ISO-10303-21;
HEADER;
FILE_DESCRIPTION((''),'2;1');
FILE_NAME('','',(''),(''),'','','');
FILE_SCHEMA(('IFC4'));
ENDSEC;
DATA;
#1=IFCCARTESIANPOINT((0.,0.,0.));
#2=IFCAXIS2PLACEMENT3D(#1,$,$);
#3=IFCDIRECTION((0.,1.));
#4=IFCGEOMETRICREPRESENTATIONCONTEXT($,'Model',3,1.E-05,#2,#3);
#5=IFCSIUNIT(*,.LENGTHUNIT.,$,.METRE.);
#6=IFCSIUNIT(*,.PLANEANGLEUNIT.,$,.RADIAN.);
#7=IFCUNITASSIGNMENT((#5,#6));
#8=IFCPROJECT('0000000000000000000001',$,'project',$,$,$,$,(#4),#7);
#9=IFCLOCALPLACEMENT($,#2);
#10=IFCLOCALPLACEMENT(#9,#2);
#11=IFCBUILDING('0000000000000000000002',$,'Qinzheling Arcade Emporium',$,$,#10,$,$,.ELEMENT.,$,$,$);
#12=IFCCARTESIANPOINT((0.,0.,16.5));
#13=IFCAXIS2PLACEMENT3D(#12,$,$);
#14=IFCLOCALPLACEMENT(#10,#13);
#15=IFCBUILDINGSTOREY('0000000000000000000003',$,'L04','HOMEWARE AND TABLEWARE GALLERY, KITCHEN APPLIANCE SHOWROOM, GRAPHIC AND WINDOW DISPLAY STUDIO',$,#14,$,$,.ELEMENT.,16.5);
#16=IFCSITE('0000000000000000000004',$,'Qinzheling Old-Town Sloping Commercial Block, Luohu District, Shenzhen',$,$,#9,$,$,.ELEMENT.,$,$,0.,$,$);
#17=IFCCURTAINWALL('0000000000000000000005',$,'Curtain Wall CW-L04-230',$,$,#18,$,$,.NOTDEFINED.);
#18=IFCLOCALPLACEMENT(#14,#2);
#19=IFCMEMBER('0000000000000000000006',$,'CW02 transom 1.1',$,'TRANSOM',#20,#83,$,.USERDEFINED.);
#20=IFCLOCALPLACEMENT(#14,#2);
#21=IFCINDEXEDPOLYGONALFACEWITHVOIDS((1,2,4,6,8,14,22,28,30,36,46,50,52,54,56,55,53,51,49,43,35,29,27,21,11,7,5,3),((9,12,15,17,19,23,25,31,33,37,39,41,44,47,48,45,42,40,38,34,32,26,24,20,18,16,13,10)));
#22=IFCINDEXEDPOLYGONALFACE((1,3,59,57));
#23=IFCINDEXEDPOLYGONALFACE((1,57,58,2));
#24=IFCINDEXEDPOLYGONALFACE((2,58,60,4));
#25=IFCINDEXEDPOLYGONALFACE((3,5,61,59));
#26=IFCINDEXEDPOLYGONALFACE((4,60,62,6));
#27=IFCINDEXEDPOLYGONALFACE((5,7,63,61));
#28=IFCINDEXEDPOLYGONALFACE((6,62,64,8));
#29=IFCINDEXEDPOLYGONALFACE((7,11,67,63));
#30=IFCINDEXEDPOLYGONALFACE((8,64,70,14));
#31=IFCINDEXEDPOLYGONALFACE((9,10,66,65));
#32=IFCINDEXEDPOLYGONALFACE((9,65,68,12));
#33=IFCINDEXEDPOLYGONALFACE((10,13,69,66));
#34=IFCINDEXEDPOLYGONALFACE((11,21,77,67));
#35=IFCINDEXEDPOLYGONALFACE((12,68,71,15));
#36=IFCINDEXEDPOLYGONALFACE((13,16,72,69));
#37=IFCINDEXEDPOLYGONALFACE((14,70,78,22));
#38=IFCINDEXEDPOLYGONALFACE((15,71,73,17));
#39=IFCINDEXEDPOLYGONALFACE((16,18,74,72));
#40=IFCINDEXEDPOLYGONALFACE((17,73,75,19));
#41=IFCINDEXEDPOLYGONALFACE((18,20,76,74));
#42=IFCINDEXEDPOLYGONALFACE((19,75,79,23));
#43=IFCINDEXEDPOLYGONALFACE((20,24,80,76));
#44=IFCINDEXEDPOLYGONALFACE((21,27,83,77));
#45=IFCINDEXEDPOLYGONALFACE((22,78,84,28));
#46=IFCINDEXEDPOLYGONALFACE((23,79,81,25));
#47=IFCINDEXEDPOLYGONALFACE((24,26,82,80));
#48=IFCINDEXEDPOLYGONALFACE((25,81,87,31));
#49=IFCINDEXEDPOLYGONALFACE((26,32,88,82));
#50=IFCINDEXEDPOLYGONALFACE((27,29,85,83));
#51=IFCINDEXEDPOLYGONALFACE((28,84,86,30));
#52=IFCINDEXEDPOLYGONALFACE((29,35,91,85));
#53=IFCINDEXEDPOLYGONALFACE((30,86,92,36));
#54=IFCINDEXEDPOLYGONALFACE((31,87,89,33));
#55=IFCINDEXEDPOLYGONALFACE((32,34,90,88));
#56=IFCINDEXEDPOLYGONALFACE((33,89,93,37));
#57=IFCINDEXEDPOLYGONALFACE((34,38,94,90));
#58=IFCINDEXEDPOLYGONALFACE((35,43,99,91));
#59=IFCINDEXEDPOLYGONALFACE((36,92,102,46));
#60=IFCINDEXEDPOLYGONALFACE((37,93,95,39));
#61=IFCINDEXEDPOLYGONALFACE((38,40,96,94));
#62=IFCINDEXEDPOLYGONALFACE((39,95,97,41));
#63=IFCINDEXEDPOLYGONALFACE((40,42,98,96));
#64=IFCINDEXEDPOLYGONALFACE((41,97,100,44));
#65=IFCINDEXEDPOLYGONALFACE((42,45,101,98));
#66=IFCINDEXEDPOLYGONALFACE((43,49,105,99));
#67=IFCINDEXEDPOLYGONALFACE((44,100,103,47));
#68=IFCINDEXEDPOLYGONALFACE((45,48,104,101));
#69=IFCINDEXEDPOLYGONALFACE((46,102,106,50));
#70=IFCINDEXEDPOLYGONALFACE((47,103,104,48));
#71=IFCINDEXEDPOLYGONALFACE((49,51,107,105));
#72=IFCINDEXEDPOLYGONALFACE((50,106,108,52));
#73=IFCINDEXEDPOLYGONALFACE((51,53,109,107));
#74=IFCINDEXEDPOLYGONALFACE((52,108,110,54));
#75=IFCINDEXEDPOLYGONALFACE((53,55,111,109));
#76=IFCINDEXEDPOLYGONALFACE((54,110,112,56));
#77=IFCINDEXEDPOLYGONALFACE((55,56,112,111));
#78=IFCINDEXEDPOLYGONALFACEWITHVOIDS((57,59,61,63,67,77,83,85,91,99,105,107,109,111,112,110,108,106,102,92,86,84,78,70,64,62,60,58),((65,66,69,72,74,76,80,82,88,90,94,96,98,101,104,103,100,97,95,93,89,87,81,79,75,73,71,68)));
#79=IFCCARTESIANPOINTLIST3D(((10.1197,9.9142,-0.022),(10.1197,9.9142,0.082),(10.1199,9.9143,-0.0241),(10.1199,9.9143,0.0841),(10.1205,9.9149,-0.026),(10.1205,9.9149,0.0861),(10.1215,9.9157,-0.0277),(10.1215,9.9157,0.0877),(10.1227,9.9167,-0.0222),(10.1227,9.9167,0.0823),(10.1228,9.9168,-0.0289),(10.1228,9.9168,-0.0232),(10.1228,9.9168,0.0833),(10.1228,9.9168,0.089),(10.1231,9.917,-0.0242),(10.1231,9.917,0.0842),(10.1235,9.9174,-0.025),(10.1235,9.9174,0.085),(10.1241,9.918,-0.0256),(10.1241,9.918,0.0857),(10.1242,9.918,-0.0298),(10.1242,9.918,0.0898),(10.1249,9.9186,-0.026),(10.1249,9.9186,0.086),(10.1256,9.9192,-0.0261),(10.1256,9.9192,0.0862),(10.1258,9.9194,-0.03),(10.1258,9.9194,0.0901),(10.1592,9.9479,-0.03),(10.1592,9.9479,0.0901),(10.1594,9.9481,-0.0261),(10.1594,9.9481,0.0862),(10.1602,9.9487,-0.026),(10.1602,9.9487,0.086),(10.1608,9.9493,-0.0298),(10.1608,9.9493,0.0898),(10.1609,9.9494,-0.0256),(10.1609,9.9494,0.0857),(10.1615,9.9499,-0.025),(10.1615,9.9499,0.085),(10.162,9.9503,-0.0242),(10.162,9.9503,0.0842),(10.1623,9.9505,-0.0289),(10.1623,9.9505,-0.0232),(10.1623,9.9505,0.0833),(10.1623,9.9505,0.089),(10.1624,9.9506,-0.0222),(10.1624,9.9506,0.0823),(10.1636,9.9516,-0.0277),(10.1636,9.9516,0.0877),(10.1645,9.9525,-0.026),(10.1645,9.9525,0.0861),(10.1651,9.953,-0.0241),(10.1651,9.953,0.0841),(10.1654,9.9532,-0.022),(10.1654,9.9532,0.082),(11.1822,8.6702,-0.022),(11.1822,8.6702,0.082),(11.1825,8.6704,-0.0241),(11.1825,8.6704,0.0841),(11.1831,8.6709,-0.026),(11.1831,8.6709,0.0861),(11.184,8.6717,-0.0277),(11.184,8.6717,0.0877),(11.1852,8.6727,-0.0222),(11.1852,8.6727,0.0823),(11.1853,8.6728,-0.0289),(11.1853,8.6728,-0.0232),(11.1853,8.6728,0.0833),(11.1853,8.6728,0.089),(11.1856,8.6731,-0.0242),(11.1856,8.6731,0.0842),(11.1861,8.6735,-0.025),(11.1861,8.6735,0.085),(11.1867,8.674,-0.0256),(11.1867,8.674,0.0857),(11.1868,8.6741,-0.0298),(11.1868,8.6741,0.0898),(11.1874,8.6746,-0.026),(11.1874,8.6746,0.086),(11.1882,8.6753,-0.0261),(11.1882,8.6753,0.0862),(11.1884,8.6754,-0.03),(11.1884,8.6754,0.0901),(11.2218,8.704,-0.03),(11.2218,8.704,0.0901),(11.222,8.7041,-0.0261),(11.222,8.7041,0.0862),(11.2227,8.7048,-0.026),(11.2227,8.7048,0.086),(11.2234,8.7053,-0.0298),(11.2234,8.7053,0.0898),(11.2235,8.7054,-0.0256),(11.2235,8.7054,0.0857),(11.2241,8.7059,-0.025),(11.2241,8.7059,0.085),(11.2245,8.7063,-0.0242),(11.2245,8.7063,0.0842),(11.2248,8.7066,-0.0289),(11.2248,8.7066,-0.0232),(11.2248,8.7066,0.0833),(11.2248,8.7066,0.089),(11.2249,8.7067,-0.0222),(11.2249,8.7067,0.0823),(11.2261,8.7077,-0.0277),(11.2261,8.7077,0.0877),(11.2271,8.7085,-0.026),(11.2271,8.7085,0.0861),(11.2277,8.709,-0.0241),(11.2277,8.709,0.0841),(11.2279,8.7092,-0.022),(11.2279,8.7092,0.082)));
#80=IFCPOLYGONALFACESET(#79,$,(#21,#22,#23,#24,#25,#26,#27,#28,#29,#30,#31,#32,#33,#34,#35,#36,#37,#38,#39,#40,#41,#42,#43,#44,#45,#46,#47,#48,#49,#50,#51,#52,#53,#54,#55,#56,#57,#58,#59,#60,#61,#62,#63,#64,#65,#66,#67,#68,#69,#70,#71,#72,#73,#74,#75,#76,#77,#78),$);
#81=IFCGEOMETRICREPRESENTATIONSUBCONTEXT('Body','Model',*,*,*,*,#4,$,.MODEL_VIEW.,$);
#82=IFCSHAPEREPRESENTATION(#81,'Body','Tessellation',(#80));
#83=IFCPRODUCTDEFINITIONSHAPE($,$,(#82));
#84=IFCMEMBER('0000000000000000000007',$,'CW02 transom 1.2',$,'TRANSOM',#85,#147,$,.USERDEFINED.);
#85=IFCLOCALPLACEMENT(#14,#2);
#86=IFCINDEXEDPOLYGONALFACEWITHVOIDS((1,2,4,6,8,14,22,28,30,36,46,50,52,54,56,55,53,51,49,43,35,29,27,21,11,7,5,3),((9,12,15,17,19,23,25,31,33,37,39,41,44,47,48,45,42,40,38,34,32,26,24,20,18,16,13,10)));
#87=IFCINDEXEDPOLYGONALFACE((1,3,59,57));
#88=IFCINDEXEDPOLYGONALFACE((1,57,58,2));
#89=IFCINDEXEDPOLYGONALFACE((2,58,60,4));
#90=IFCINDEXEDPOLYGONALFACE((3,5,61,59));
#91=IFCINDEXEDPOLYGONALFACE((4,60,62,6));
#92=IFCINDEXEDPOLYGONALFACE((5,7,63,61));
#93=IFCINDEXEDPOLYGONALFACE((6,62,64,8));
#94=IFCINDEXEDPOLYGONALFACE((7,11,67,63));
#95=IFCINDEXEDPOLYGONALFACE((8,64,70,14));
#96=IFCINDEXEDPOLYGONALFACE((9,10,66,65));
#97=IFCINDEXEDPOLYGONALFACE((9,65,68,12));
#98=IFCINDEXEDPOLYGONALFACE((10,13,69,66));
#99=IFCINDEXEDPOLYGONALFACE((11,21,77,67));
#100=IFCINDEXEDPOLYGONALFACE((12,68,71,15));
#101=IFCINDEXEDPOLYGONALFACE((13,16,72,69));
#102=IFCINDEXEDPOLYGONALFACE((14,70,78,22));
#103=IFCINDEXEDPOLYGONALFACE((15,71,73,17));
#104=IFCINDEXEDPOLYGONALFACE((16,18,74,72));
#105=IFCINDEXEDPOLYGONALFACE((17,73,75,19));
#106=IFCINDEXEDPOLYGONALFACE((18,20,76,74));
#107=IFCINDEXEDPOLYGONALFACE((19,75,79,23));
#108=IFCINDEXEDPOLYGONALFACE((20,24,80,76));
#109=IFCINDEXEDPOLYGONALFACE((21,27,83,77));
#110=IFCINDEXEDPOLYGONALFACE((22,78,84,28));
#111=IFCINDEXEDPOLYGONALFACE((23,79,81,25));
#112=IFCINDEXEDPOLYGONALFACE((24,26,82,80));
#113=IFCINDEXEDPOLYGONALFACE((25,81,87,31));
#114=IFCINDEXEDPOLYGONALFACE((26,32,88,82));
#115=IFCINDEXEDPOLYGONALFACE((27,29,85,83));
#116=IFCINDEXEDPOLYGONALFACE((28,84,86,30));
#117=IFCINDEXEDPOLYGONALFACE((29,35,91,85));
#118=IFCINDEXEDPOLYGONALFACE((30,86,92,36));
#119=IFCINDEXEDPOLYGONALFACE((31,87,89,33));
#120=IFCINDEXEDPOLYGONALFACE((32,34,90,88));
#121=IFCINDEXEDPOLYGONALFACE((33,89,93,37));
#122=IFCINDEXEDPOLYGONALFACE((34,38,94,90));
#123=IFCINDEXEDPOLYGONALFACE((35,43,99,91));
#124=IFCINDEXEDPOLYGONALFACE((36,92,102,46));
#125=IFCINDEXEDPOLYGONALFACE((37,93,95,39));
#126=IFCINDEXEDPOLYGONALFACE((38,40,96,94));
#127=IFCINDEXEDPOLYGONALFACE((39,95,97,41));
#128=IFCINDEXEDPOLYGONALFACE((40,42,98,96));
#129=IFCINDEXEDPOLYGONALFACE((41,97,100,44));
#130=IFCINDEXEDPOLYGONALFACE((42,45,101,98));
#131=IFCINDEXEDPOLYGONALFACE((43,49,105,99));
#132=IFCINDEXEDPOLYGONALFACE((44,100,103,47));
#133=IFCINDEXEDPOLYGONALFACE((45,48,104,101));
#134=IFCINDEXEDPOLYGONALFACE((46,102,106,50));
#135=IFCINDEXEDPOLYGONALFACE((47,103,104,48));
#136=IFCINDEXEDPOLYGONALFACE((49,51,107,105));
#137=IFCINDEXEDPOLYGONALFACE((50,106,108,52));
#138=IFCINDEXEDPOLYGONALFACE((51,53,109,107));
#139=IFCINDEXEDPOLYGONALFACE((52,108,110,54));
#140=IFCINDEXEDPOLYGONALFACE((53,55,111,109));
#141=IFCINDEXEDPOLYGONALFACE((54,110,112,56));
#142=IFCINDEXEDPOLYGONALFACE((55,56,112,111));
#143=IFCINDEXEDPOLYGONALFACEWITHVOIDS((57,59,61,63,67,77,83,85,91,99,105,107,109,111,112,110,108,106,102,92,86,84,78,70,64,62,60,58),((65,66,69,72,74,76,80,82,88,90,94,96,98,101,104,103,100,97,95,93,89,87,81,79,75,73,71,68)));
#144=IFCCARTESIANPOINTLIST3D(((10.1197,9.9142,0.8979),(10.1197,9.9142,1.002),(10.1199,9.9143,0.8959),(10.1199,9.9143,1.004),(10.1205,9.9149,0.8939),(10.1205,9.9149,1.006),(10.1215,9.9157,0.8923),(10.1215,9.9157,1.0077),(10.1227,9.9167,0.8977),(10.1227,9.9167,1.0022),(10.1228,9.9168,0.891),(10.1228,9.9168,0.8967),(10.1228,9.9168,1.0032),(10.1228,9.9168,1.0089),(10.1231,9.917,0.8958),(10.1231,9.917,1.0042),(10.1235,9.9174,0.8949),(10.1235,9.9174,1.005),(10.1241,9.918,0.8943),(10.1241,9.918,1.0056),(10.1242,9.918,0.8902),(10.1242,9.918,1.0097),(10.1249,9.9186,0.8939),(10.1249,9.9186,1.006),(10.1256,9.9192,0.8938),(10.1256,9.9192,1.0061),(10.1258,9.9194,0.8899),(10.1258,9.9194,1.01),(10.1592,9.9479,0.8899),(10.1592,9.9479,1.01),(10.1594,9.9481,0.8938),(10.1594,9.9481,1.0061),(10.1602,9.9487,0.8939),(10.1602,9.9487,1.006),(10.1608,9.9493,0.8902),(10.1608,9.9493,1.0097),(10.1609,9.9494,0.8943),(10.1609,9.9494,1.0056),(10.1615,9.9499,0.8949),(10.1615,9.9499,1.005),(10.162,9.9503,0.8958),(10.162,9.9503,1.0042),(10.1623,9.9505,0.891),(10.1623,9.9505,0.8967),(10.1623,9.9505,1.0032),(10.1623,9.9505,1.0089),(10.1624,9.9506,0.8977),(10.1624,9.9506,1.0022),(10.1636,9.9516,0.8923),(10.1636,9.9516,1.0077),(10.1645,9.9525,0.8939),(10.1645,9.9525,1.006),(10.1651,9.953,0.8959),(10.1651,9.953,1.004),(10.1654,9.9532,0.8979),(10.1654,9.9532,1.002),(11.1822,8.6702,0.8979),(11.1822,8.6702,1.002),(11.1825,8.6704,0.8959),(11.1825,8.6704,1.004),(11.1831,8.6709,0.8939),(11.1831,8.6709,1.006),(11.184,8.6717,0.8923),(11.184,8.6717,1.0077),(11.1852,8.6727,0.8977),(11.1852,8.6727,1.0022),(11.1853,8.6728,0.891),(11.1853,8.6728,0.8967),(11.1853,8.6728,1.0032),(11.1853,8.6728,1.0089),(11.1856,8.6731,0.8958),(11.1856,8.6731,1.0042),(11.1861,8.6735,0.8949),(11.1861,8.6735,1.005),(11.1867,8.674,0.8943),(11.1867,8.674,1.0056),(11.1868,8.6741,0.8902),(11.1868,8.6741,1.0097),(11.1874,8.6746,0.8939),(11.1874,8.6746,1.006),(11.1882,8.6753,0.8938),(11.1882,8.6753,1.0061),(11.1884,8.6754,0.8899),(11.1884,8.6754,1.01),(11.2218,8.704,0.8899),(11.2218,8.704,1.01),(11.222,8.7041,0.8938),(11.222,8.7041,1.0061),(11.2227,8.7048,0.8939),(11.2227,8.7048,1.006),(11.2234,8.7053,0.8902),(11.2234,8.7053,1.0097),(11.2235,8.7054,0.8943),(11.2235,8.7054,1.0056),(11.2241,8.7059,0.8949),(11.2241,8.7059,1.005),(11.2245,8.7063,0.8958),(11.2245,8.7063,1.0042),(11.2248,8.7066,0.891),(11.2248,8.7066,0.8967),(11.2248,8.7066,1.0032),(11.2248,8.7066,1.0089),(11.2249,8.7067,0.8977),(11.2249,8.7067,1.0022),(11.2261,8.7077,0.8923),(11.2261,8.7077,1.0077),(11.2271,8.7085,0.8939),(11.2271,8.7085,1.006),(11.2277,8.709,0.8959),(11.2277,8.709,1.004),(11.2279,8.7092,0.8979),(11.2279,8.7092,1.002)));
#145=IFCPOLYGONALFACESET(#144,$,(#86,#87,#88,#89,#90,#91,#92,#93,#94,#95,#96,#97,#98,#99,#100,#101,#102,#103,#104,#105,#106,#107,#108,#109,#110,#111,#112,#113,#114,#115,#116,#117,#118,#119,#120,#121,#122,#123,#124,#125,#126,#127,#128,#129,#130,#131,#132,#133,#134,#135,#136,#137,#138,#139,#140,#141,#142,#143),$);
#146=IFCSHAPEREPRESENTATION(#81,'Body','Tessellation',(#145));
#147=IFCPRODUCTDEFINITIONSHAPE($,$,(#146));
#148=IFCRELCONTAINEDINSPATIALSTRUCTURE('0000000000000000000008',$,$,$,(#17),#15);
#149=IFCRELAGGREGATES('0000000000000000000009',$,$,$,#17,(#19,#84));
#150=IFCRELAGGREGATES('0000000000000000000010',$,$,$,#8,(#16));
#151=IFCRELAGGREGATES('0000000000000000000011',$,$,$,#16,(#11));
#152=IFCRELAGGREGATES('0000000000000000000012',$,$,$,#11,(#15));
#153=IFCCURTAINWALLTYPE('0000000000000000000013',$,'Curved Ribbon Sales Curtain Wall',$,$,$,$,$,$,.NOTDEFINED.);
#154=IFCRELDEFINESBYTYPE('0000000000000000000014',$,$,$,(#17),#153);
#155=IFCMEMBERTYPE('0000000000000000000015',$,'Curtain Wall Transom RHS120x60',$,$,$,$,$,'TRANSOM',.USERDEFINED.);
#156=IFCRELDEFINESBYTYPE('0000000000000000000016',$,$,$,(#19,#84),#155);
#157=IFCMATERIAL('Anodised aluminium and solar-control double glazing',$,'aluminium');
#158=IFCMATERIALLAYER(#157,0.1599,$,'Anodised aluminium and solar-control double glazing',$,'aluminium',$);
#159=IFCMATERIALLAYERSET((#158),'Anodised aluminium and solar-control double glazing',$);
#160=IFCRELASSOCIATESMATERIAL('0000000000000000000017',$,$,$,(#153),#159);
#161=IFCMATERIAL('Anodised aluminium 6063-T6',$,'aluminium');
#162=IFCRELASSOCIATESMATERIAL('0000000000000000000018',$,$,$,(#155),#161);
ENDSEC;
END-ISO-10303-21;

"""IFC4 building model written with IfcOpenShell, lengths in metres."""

from ifc_helpers import new_model, si_unit, direction, frame, origin, origin_2d, place, context, subcontext, project, spatial, hollow_rectangle, extrude, material, layer, layer_set, material_profile, profile_set, type_object, element, aggregate, save


model = new_model("IFC4")

# Units and contexts
model_context = context("Model", 3, precision=1e-05, world=origin(), true_north=direction((0.0, 1.0)))
body_context = subcontext(model_context, "Body", "Model", "MODEL_VIEW")
ifc_project = project(units=[si_unit("LENGTHUNIT", "METRE"), si_unit("PLANEANGLEUNIT", "RADIAN")], contexts=[model_context])

# Site, building, storey
site_placement = place(None, origin())
site = spatial("IfcSite", under=ifc_project, at=site_placement, Name="Qinzheling Old-Town Sloping Commercial Block, Luohu District, Shenzhen", CompositionType="ELEMENT", RefElevation=0.0)
building_placement = place(site_placement, origin())
building = spatial("IfcBuilding", under=site, at=building_placement, Name="Qinzheling Arcade Emporium", CompositionType="ELEMENT")
storey_placement = place(building_placement, frame((0.0, 0.0, 16.5)))
storey = spatial("IfcBuildingStorey", under=building, at=storey_placement, Name="L04", Description="HOMEWARE AND TABLEWARE GALLERY, KITCHEN APPLIANCE SHOWROOM, GRAPHIC AND WINDOW DISPLAY STUDIO", CompositionType="ELEMENT", Elevation=16.5)

# Shared definitions
ifc_material_1 = material(Name="Anodised aluminium and solar-control double glazing", Category="aluminium")
ifc_layer_1 = layer(ifc_material_1, 0.1599, Name="Anodised aluminium and solar-control double glazing", Category="aluminium")
ifc_layer_set_1 = layer_set([ifc_layer_1], Name="Anodised aluminium and solar-control double glazing")
curtain_wall_type = type_object("IfcCurtainWallType", Name="Curved Ribbon Sales Curtain Wall", PredefinedType="NOTDEFINED", material=ifc_layer_set_1)
ifc_material_2 = material(Name="Anodised aluminium 6063-T6", Category="aluminium")

# Curtain wall
curtain_wall_1_placement = place(storey_placement, origin())
curtain_wall_1 = element("IfcCurtainWall", 1, at=curtain_wall_1_placement, inside=storey, type_object=curtain_wall_type, Name="Curtain Wall CW-L04-230", PredefinedType="NOTDEFINED")

# Members
ifc_material_profile_1 = material_profile(ifc_material_2, hollow_rectangle(XDim=0.0601, YDim=0.1201, WallThickness=0.0039, InnerFilletRadius=0.0039, OuterFilletRadius=0.0081, at=origin_2d()), Name="RHS 120x60x4", Category="aluminium")
ifc_profile_set_1 = profile_set([ifc_material_profile_1], Name="Anodised aluminium 6063-T6")
member_type_1 = type_object("IfcMemberType", Name="Curtain Wall Transom RHS120x60", ElementType="TRANSOM", PredefinedType="USERDEFINED", material=ifc_profile_set_1)
member_1_placement = place(storey_placement, frame((11.2051, 8.6897, 0.03), z_axis=(-0.649488, 0.760372, 0.0), x_axis=(-0.760372, -0.649488, 0.0)))
member_1 = element("IfcMember", 2, at=member_1_placement, type_object=member_type_1, Name="CW02 transom 1.1", ObjectType="TRANSOM", PredefinedType="USERDEFINED", context=body_context, shape_type="SweptSolid", body=[
    extrude(hollow_rectangle(XDim=0.0601, YDim=0.1201, WallThickness=0.0039, InnerFilletRadius=0.0039, OuterFilletRadius=0.0081, at=origin_2d()), origin(), (0.0, 0.0, 1.0), 1.636),
])
member_2_placement = place(storey_placement, frame((11.2051, 8.6897, 0.95), z_axis=(-0.649488, 0.760372, 0.0), x_axis=(-0.760372, -0.649488, 0.0)))
member_2 = element("IfcMember", 3, at=member_2_placement, type_object=member_type_1, Name="CW02 transom 1.2", ObjectType="TRANSOM", PredefinedType="USERDEFINED", context=body_context, shape_type="SweptSolid", body=[
    extrude(hollow_rectangle(XDim=0.0601, YDim=0.1201, WallThickness=0.0039, InnerFilletRadius=0.0039, OuterFilletRadius=0.0081, at=origin_2d()), origin(), (0.0, 0.0, 1.0), 1.636),
])

aggregate(curtain_wall_1, [member_1, member_2])

save(model, "model.ifc")
